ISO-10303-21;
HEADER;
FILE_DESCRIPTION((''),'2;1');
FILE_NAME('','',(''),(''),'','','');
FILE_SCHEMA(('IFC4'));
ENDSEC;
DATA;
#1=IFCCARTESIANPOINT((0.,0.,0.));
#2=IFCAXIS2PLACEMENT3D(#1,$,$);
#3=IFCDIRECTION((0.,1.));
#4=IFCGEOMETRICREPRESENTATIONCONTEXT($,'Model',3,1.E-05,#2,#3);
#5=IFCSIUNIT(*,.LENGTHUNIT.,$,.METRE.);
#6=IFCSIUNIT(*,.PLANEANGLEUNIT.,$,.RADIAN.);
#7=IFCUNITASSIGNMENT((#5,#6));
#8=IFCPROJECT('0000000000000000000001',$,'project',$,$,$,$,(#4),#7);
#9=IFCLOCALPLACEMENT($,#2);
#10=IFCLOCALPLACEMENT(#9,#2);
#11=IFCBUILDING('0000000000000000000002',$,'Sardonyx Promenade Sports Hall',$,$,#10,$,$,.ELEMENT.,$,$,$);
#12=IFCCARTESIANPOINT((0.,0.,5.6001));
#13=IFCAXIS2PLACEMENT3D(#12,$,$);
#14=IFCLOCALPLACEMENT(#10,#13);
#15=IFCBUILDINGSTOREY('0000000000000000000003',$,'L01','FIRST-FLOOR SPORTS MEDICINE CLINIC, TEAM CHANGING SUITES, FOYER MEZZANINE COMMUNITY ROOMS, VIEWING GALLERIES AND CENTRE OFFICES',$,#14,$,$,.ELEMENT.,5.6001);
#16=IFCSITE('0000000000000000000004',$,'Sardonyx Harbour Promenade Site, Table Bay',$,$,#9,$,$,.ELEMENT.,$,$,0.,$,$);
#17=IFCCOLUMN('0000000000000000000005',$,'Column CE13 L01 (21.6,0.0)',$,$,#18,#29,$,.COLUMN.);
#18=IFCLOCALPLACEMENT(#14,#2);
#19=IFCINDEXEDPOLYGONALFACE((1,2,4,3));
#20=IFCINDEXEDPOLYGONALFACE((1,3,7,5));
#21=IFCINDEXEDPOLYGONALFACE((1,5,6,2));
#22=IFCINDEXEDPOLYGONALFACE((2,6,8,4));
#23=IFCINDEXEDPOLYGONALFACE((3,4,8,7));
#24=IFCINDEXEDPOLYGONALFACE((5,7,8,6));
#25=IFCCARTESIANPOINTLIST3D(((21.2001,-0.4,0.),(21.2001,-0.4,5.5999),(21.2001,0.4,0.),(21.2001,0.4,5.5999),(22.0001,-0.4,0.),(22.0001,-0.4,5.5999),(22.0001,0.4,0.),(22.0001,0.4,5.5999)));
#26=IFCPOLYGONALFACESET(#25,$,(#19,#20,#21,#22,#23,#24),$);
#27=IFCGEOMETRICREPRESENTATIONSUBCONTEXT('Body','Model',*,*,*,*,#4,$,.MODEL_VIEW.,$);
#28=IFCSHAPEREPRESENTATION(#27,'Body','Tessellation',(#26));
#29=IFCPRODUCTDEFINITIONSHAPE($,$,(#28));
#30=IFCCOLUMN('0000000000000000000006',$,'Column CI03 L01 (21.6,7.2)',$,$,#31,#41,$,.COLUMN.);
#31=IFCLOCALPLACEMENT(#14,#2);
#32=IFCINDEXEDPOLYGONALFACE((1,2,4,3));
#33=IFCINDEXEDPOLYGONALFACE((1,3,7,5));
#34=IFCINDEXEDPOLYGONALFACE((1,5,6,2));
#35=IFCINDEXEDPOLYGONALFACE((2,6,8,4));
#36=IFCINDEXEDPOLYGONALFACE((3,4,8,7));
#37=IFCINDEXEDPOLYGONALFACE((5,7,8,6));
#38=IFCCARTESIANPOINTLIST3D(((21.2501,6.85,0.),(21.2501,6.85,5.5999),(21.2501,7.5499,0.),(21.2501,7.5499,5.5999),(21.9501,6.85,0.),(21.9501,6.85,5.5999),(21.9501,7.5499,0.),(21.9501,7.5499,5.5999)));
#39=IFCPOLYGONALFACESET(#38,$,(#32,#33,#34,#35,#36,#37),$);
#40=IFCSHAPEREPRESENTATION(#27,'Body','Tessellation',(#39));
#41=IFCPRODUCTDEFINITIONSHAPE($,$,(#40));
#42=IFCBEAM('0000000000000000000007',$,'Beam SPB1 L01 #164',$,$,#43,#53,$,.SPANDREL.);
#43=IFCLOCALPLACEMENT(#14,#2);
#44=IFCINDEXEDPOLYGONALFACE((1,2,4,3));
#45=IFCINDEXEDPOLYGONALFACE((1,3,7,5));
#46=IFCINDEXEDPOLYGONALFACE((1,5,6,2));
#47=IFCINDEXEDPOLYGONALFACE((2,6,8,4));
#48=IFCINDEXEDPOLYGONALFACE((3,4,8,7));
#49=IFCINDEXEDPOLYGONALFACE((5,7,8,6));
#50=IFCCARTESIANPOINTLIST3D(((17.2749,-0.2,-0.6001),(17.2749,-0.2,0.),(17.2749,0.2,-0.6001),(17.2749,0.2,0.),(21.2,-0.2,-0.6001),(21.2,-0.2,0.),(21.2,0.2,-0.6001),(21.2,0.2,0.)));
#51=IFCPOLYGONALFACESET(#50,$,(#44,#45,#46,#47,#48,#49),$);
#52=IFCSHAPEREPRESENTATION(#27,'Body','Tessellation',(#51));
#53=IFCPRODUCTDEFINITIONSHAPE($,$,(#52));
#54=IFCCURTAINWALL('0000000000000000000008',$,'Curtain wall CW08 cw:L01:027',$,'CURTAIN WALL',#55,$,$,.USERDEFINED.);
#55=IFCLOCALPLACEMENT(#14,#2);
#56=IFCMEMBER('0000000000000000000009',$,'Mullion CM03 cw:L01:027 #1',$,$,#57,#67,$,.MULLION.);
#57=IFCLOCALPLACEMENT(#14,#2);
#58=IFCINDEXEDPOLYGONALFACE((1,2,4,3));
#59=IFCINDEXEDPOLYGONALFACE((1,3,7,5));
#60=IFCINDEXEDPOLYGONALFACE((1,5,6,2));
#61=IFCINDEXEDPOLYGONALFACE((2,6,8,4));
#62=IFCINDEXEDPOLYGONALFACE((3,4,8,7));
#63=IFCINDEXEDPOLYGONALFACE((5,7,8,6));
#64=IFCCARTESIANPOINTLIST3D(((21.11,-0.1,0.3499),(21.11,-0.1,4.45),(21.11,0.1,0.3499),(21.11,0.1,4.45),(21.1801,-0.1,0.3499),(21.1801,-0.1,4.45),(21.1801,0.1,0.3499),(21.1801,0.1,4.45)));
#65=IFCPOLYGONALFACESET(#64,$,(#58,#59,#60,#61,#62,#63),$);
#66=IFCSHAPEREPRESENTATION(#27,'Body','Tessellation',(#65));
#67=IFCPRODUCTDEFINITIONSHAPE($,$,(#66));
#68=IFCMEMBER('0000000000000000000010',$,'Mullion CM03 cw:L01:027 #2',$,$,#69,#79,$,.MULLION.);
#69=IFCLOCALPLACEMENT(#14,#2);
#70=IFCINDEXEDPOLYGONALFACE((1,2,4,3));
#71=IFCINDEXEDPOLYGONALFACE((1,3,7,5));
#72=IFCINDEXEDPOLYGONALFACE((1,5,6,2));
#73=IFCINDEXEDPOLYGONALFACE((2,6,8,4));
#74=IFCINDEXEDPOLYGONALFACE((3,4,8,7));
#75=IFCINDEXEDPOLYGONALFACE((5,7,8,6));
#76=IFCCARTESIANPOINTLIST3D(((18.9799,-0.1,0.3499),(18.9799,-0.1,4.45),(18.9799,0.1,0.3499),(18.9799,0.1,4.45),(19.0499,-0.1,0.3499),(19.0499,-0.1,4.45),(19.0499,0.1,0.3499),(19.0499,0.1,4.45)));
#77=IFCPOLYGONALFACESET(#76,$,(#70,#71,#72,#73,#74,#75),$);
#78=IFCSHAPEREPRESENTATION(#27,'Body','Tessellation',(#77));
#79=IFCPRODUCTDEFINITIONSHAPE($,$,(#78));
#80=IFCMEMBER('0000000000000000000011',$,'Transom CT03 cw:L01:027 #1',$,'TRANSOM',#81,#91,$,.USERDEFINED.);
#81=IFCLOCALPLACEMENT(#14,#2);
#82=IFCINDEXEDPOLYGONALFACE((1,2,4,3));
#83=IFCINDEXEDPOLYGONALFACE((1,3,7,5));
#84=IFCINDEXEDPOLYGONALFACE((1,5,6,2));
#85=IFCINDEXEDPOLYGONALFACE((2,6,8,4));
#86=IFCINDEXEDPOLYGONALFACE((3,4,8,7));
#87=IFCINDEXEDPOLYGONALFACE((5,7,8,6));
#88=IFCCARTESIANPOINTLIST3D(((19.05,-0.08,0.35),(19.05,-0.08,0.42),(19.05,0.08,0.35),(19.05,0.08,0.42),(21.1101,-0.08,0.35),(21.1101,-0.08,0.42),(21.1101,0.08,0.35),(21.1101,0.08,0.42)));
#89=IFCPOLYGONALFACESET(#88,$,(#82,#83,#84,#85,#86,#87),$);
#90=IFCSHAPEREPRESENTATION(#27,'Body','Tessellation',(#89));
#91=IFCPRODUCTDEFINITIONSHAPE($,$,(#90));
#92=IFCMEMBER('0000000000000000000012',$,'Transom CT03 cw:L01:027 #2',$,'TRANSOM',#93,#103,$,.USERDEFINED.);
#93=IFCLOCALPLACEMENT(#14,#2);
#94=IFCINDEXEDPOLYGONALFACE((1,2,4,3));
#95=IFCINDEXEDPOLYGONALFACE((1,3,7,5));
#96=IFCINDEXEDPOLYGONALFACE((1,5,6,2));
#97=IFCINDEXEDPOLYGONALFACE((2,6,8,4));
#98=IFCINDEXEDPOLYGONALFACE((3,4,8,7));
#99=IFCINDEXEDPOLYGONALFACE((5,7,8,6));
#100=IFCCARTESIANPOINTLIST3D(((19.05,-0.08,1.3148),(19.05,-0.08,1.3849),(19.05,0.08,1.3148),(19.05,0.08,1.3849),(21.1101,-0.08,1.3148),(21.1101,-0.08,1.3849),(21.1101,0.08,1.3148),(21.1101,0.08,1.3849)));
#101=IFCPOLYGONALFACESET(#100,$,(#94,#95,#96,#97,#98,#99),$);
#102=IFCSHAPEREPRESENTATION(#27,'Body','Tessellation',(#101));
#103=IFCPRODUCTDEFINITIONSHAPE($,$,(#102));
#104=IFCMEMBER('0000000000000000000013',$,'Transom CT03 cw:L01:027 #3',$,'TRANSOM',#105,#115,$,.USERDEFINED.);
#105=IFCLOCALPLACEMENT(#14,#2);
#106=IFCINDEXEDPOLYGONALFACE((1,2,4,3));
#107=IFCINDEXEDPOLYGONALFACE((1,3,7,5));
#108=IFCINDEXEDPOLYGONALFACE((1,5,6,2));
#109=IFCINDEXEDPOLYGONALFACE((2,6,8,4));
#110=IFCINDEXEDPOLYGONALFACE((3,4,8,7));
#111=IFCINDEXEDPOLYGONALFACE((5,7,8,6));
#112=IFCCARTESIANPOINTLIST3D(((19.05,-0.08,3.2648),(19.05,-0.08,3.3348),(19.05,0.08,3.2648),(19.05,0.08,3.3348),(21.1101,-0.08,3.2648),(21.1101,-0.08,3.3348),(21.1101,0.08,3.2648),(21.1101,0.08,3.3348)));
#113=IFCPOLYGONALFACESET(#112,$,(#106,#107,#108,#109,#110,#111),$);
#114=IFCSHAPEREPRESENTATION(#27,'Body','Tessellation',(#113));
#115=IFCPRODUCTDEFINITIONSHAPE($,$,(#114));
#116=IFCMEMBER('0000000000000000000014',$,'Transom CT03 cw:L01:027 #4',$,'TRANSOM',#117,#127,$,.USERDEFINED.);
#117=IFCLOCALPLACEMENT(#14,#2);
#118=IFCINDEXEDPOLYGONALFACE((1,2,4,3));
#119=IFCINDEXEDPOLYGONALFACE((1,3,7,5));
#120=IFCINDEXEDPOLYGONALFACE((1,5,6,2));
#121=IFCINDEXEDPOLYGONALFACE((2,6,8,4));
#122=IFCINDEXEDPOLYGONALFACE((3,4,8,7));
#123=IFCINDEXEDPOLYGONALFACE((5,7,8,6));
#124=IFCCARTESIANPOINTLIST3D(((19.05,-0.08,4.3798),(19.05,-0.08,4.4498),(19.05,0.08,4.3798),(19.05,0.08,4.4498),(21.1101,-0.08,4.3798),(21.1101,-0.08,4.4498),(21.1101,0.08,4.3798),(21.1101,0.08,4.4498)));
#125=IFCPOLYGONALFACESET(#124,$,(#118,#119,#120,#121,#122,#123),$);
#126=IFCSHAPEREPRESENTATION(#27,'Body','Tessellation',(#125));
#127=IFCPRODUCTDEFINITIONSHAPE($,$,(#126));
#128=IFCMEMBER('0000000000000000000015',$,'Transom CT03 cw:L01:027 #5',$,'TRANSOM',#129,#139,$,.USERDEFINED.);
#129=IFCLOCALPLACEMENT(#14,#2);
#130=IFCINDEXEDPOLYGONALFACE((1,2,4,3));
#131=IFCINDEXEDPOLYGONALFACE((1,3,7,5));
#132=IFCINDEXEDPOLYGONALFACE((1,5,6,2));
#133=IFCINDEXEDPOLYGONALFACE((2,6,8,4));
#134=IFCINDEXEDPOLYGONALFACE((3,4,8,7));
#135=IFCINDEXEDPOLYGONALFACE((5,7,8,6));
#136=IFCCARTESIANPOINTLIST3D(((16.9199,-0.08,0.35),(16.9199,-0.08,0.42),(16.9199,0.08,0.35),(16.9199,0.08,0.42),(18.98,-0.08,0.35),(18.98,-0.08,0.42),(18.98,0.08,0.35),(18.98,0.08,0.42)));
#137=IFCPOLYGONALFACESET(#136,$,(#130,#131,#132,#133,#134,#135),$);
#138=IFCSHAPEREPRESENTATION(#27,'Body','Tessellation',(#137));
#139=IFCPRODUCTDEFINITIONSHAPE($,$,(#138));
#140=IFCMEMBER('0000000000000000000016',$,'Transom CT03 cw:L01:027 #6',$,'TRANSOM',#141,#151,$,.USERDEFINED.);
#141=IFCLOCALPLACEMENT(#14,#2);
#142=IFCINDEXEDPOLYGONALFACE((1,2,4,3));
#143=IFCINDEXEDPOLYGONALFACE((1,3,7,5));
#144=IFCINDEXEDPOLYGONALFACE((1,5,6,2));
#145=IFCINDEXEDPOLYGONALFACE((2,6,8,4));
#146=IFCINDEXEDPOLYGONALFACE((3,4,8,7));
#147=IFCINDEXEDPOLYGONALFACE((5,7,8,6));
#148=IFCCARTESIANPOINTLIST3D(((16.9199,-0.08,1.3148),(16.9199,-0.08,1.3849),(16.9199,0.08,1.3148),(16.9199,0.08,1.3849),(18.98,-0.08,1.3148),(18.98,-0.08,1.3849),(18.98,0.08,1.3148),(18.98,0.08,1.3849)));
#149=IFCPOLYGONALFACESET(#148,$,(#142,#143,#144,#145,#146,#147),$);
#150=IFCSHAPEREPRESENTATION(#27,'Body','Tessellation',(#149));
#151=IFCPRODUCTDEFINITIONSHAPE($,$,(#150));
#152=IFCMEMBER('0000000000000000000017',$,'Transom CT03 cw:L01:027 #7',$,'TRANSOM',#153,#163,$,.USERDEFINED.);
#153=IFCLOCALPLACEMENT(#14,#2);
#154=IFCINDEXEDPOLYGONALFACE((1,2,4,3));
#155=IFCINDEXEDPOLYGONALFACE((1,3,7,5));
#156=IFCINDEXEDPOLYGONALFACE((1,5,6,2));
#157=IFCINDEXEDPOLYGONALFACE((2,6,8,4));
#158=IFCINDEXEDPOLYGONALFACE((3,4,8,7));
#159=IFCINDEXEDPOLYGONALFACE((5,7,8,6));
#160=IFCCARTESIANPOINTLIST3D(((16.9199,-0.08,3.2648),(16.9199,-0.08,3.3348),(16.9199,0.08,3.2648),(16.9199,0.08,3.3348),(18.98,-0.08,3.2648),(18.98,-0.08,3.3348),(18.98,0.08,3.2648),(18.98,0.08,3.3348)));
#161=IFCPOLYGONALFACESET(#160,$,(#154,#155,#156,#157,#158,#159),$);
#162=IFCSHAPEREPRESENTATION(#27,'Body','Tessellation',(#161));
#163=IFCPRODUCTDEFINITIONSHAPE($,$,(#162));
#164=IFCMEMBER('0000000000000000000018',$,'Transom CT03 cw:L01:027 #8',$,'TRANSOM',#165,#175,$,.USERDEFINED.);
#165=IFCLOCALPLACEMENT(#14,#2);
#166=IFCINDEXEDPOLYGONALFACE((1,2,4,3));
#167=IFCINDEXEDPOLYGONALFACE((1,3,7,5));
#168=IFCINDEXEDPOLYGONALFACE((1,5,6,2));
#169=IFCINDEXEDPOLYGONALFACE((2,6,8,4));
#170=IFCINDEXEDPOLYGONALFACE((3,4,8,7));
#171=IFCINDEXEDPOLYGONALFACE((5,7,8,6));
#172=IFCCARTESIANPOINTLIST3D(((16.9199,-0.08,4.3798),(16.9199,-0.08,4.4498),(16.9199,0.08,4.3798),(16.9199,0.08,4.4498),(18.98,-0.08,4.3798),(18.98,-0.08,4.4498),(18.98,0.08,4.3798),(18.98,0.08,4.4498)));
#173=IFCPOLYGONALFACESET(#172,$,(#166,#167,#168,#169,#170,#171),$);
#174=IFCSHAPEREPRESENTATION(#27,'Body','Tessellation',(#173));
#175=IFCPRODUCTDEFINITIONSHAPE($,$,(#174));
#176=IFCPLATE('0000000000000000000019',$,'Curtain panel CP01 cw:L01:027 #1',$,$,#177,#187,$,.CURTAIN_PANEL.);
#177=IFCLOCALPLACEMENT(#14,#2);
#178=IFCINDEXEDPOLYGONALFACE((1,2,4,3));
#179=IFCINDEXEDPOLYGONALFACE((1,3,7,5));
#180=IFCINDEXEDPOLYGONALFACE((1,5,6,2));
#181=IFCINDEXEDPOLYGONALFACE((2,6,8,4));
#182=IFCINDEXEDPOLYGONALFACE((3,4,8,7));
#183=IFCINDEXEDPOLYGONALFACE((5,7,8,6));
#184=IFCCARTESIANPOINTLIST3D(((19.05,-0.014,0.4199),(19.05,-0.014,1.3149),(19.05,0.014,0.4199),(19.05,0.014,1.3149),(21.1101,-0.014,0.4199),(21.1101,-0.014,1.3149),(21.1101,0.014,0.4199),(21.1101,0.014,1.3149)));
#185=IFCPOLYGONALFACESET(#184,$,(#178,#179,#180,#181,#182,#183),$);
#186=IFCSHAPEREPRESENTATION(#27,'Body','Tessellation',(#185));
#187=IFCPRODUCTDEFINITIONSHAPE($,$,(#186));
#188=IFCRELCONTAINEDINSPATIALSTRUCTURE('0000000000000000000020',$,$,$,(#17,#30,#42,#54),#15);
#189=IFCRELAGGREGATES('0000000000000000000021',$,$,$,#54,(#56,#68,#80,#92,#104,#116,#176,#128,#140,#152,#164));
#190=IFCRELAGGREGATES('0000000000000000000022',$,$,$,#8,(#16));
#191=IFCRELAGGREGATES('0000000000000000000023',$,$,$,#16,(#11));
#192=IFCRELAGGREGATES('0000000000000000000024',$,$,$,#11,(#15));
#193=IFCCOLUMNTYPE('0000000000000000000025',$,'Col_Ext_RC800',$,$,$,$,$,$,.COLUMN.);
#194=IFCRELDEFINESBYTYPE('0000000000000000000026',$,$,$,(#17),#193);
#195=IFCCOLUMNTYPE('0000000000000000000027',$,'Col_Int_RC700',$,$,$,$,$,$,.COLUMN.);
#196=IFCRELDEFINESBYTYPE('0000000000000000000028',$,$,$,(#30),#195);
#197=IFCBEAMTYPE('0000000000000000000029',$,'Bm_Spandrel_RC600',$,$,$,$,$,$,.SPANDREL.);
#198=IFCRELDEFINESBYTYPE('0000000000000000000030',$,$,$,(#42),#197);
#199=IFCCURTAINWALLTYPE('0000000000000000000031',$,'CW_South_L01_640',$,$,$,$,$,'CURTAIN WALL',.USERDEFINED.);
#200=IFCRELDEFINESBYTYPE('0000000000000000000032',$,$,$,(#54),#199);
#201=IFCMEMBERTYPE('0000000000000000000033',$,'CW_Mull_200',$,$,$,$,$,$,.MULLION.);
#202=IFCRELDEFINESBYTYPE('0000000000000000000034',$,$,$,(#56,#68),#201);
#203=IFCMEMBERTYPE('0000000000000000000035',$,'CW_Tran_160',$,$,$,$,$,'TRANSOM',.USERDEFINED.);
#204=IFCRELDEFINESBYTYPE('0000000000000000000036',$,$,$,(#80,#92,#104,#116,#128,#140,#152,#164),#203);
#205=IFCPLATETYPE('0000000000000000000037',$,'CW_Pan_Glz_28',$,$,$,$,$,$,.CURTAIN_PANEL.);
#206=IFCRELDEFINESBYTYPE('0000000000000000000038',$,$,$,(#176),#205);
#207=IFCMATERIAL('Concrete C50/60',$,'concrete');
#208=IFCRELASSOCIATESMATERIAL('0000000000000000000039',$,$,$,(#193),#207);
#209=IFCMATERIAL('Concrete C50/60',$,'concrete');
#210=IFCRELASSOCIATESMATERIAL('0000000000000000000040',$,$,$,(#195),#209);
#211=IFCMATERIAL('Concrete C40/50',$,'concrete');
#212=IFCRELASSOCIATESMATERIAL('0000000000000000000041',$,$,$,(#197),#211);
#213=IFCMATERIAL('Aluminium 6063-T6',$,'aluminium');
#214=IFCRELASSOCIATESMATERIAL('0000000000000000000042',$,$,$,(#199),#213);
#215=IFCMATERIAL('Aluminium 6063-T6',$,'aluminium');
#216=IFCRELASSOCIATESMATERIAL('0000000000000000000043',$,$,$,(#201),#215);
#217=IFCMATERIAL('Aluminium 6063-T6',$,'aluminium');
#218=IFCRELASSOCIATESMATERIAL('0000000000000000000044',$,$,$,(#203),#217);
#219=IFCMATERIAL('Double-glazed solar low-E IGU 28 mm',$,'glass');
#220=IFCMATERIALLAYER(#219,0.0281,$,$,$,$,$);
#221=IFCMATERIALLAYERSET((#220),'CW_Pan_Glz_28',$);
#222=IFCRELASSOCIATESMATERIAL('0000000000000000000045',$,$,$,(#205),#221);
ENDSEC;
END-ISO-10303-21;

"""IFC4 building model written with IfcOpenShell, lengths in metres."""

from ifc_helpers import new_model, si_unit, direction, frame, origin, origin_2d, place, context, subcontext, project, spatial, rectangle, extrude, material, layer, layer_set, material_profile, profile_set, type_object, element, aggregate, save


model = new_model("IFC4")

# Units and contexts
model_context = context("Model", 3, precision=1e-05, world=origin(), true_north=direction((0.0, 1.0)))
body_context = subcontext(model_context, "Body", "Model", "MODEL_VIEW")
ifc_project = project(units=[si_unit("LENGTHUNIT", "METRE"), si_unit("PLANEANGLEUNIT", "RADIAN")], contexts=[model_context])

# Site, building, storey
site_placement = place(None, origin())
site = spatial("IfcSite", under=ifc_project, at=site_placement, Name="Sardonyx Harbour Promenade Site, Table Bay", CompositionType="ELEMENT", RefElevation=0.0)
building_placement = place(site_placement, origin())
building = spatial("IfcBuilding", under=site, at=building_placement, Name="Sardonyx Promenade Sports Hall", CompositionType="ELEMENT")
storey_placement = place(building_placement, frame((0.0, 0.0, 5.6001)))
storey = spatial("IfcBuildingStorey", under=building, at=storey_placement, Name="L01", Description="FIRST-FLOOR SPORTS MEDICINE CLINIC, TEAM CHANGING SUITES, FOYER MEZZANINE COMMUNITY ROOMS, VIEWING GALLERIES AND CENTRE OFFICES", CompositionType="ELEMENT", Elevation=5.6001)

# Columns
ifc_material_1 = material(Name="Concrete C50/60", Category="concrete")
ifc_material_profile_1 = material_profile(ifc_material_1, rectangle(XDim=0.8, YDim=0.8, at=origin_2d()))
ifc_profile_set_1 = profile_set([ifc_material_profile_1], Name="Concrete C50/60")
column_type_1 = type_object("IfcColumnType", Name="Col_Ext_RC800", PredefinedType="COLUMN", material=ifc_profile_set_1)
column_1_placement = place(storey_placement, frame((21.6001, 0.0, 0.0), z_axis=(0.0, 0.0, 1.0), x_axis=(1.0, 0.0, 0.0)))
element("IfcColumn", 1, at=column_1_placement, inside=storey, type_object=column_type_1, Name="Column CE13 L01 (21.6,0.0)", PredefinedType="COLUMN", context=body_context, shape_type="SweptSolid", body=[
    extrude(rectangle(XDim=0.8, YDim=0.8, at=origin_2d()), origin(), (0.0, 0.0, 1.0), 5.5999),
])
ifc_material_2 = material(Name="Concrete C50/60", Category="concrete")
ifc_material_profile_2 = material_profile(ifc_material_2, rectangle(XDim=0.7, YDim=0.7, at=origin_2d()))
ifc_profile_set_2 = profile_set([ifc_material_profile_2], Name="Concrete C50/60")
column_type_2 = type_object("IfcColumnType", Name="Col_Int_RC700", PredefinedType="COLUMN", material=ifc_profile_set_2)
column_2_placement = place(storey_placement, frame((21.6001, 7.2, 0.0), z_axis=(0.0, 0.0, 1.0), x_axis=(1.0, 0.0, 0.0)))
element("IfcColumn", 2, at=column_2_placement, inside=storey, type_object=column_type_2, Name="Column CI03 L01 (21.6,7.2)", PredefinedType="COLUMN", context=body_context, shape_type="SweptSolid", body=[
    extrude(rectangle(XDim=0.7, YDim=0.7, at=origin_2d()), origin(), (0.0, 0.0, 1.0), 5.5999),
])

# Beam
ifc_material_3 = material(Name="Concrete C40/50", Category="concrete")
ifc_material_profile_3 = material_profile(ifc_material_3, rectangle(XDim=0.3999, YDim=0.6001, at=origin_2d()))
ifc_profile_set_3 = profile_set([ifc_material_profile_3], Name="Concrete C40/50")
beam_type = type_object("IfcBeamType", Name="Bm_Spandrel_RC600", PredefinedType="SPANDREL", material=ifc_profile_set_3)
beam_placement = place(storey_placement, frame((17.2749, 0.0, -0.3), z_axis=(1.0, 0.0, 0.0), x_axis=(0.0, 1.0, 0.0)))
element("IfcBeam", 3, at=beam_placement, inside=storey, type_object=beam_type, Name="Beam SPB1 L01 #164", PredefinedType="SPANDREL", context=body_context, shape_type="SweptSolid", body=[
    extrude(rectangle(XDim=0.3999, YDim=0.6001, at=origin_2d()), origin(), (0.0, 0.0, 1.0), 3.925),
])

# Curtain wall, members, plate
ifc_material_4 = material(Name="Aluminium 6063-T6", Category="aluminium")
curtain_wall_type = type_object("IfcCurtainWallType", Name="CW_South_L01_640", ElementType="CURTAIN WALL", PredefinedType="USERDEFINED", material=ifc_material_4)
curtain_wall_placement = place(storey_placement, origin())
curtain_wall = element("IfcCurtainWall", 4, at=curtain_wall_placement, inside=storey, type_object=curtain_wall_type, Name="Curtain wall CW08 cw:L01:027", ObjectType="CURTAIN WALL", PredefinedType="USERDEFINED")
ifc_material_5 = material(Name="Aluminium 6063-T6", Category="aluminium")
ifc_material_profile_4 = material_profile(ifc_material_5, rectangle(XDim=0.0701, YDim=0.2, at=origin_2d()))
ifc_profile_set_4 = profile_set([ifc_material_profile_4], Name="Aluminium 6063-T6")
member_type_1 = type_object("IfcMemberType", Name="CW_Mull_200", PredefinedType="MULLION", material=ifc_profile_set_4)
member_1_placement = place(storey_placement, frame((21.145, 0.0, 0.3499), z_axis=(0.0, 0.0, 1.0), x_axis=(-1.0, 0.0, 0.0)))
member_1 = element("IfcMember", 5, at=member_1_placement, type_object=member_type_1, Name="Mullion CM03 cw:L01:027 #1", PredefinedType="MULLION", context=body_context, shape_type="SweptSolid", body=[
    extrude(rectangle(XDim=0.0701, YDim=0.2, at=origin_2d()), origin(), (0.0, 0.0, 1.0), 4.1001),
])
member_2_placement = place(storey_placement, frame((19.0149, 0.0, 0.3499), z_axis=(0.0, 0.0, 1.0), x_axis=(-1.0, 0.0, 0.0)))
member_2 = element("IfcMember", 6, at=member_2_placement, type_object=member_type_1, Name="Mullion CM03 cw:L01:027 #2", PredefinedType="MULLION", context=body_context, shape_type="SweptSolid", body=[
    extrude(rectangle(XDim=0.0701, YDim=0.2, at=origin_2d()), origin(), (0.0, 0.0, 1.0), 4.1001),
])
ifc_material_6 = material(Name="Aluminium 6063-T6", Category="aluminium")
ifc_material_profile_5 = material_profile(ifc_material_6, rectangle(XDim=0.0701, YDim=0.1599, at=origin_2d()))
ifc_profile_set_5 = profile_set([ifc_material_profile_5], Name="Aluminium 6063-T6")
member_type_2 = type_object("IfcMemberType", Name="CW_Tran_160", ElementType="TRANSOM", PredefinedType="USERDEFINED", material=ifc_profile_set_5)
member_3_placement = place(storey_placement, frame((21.1101, 0.0, 0.385), z_axis=(-1.0, 0.0, 0.0), x_axis=(0.0, 0.0, 1.0)))
member_3 = element("IfcMember", 7, at=member_3_placement, type_object=member_type_2, Name="Transom CT03 cw:L01:027 #1", ObjectType="TRANSOM", PredefinedType="USERDEFINED", context=body_context, shape_type="SweptSolid", body=[
    extrude(rectangle(XDim=0.0701, YDim=0.1599, at=origin_2d()), origin(), (0.0, 0.0, 1.0), 2.0601),
])
member_4_placement = place(storey_placement, frame((21.1101, 0.0, 1.3499), z_axis=(-1.0, 0.0, 0.0), x_axis=(0.0, 0.0, 1.0)))
member_4 = element("IfcMember", 8, at=member_4_placement, type_object=member_type_2, Name="Transom CT03 cw:L01:027 #2", ObjectType="TRANSOM", PredefinedType="USERDEFINED", context=body_context, shape_type="SweptSolid", body=[
    extrude(rectangle(XDim=0.0701, YDim=0.1599, at=origin_2d()), origin(), (0.0, 0.0, 1.0), 2.0601),
])
member_5_placement = place(storey_placement, frame((21.1101, 0.0, 3.2998), z_axis=(-1.0, 0.0, 0.0), x_axis=(0.0, 0.0, 1.0)))
member_5 = element("IfcMember", 9, at=member_5_placement, type_object=member_type_2, Name="Transom CT03 cw:L01:027 #3", ObjectType="TRANSOM", PredefinedType="USERDEFINED", context=body_context, shape_type="SweptSolid", body=[
    extrude(rectangle(XDim=0.0701, YDim=0.1599, at=origin_2d()), origin(), (0.0, 0.0, 1.0), 2.0601),
])
member_6_placement = place(storey_placement, frame((21.1101, 0.0, 4.4148), z_axis=(-1.0, 0.0, 0.0), x_axis=(0.0, 0.0, 1.0)))
member_6 = element("IfcMember", 10, at=member_6_placement, type_object=member_type_2, Name="Transom CT03 cw:L01:027 #4", ObjectType="TRANSOM", PredefinedType="USERDEFINED", context=body_context, shape_type="SweptSolid", body=[
    extrude(rectangle(XDim=0.0701, YDim=0.1599, at=origin_2d()), origin(), (0.0, 0.0, 1.0), 2.0601),
])
member_7_placement = place(storey_placement, frame((18.98, 0.0, 0.385), z_axis=(-1.0, 0.0, 0.0), x_axis=(0.0, 0.0, 1.0)))
member_7 = element("IfcMember", 11, at=member_7_placement, type_object=member_type_2, Name="Transom CT03 cw:L01:027 #5", ObjectType="TRANSOM", PredefinedType="USERDEFINED", context=body_context, shape_type="SweptSolid", body=[
    extrude(rectangle(XDim=0.0701, YDim=0.1599, at=origin_2d()), origin(), (0.0, 0.0, 1.0), 2.0601),
])
member_8_placement = place(storey_placement, frame((18.98, 0.0, 1.3499), z_axis=(-1.0, 0.0, 0.0), x_axis=(0.0, 0.0, 1.0)))
member_8 = element("IfcMember", 12, at=member_8_placement, type_object=member_type_2, Name="Transom CT03 cw:L01:027 #6", ObjectType="TRANSOM", PredefinedType="USERDEFINED", context=body_context, shape_type="SweptSolid", body=[
    extrude(rectangle(XDim=0.0701, YDim=0.1599, at=origin_2d()), origin(), (0.0, 0.0, 1.0), 2.0601),
])
member_9_placement = place(storey_placement, frame((18.98, 0.0, 3.2998), z_axis=(-1.0, 0.0, 0.0), x_axis=(0.0, 0.0, 1.0)))
member_9 = element("IfcMember", 13, at=member_9_placement, type_object=member_type_2, Name="Transom CT03 cw:L01:027 #7", ObjectType="TRANSOM", PredefinedType="USERDEFINED", context=body_context, shape_type="SweptSolid", body=[
    extrude(rectangle(XDim=0.0701, YDim=0.1599, at=origin_2d()), origin(), (0.0, 0.0, 1.0), 2.0601),
])
member_10_placement = place(storey_placement, frame((18.98, 0.0, 4.4148), z_axis=(-1.0, 0.0, 0.0), x_axis=(0.0, 0.0, 1.0)))
member_10 = element("IfcMember", 14, at=member_10_placement, type_object=member_type_2, Name="Transom CT03 cw:L01:027 #8", ObjectType="TRANSOM", PredefinedType="USERDEFINED", context=body_context, shape_type="SweptSolid", body=[
    extrude(rectangle(XDim=0.0701, YDim=0.1599, at=origin_2d()), origin(), (0.0, 0.0, 1.0), 2.0601),
])
ifc_material_7 = material(Name="Double-glazed solar low-E IGU 28 mm", Category="glass")
ifc_layer_1 = layer(ifc_material_7, 0.0281)
ifc_layer_set_1 = layer_set([ifc_layer_1], Name="CW_Pan_Glz_28")
plate_type = type_object("IfcPlateType", Name="CW_Pan_Glz_28", PredefinedType="CURTAIN_PANEL", material=ifc_layer_set_1)
plate_1_placement = place(storey_placement, frame((20.0801, 0.0, 0.4199), z_axis=(0.0, 0.0, 1.0), x_axis=(-1.0, 0.0, 0.0)))
plate_1 = element("IfcPlate", 15, at=plate_1_placement, type_object=plate_type, Name="Curtain panel CP01 cw:L01:027 #1", PredefinedType="CURTAIN_PANEL", context=body_context, shape_type="SweptSolid", body=[
    extrude(rectangle(XDim=2.0601, YDim=0.0281, at=origin_2d()), origin(), (0.0, 0.0, 1.0), 0.895),
])
aggregate(curtain_wall, [member_1, member_2, member_3, member_4, member_5, member_6, plate_1, member_7, member_8, member_9, member_10])

save(model, "model.ifc")
